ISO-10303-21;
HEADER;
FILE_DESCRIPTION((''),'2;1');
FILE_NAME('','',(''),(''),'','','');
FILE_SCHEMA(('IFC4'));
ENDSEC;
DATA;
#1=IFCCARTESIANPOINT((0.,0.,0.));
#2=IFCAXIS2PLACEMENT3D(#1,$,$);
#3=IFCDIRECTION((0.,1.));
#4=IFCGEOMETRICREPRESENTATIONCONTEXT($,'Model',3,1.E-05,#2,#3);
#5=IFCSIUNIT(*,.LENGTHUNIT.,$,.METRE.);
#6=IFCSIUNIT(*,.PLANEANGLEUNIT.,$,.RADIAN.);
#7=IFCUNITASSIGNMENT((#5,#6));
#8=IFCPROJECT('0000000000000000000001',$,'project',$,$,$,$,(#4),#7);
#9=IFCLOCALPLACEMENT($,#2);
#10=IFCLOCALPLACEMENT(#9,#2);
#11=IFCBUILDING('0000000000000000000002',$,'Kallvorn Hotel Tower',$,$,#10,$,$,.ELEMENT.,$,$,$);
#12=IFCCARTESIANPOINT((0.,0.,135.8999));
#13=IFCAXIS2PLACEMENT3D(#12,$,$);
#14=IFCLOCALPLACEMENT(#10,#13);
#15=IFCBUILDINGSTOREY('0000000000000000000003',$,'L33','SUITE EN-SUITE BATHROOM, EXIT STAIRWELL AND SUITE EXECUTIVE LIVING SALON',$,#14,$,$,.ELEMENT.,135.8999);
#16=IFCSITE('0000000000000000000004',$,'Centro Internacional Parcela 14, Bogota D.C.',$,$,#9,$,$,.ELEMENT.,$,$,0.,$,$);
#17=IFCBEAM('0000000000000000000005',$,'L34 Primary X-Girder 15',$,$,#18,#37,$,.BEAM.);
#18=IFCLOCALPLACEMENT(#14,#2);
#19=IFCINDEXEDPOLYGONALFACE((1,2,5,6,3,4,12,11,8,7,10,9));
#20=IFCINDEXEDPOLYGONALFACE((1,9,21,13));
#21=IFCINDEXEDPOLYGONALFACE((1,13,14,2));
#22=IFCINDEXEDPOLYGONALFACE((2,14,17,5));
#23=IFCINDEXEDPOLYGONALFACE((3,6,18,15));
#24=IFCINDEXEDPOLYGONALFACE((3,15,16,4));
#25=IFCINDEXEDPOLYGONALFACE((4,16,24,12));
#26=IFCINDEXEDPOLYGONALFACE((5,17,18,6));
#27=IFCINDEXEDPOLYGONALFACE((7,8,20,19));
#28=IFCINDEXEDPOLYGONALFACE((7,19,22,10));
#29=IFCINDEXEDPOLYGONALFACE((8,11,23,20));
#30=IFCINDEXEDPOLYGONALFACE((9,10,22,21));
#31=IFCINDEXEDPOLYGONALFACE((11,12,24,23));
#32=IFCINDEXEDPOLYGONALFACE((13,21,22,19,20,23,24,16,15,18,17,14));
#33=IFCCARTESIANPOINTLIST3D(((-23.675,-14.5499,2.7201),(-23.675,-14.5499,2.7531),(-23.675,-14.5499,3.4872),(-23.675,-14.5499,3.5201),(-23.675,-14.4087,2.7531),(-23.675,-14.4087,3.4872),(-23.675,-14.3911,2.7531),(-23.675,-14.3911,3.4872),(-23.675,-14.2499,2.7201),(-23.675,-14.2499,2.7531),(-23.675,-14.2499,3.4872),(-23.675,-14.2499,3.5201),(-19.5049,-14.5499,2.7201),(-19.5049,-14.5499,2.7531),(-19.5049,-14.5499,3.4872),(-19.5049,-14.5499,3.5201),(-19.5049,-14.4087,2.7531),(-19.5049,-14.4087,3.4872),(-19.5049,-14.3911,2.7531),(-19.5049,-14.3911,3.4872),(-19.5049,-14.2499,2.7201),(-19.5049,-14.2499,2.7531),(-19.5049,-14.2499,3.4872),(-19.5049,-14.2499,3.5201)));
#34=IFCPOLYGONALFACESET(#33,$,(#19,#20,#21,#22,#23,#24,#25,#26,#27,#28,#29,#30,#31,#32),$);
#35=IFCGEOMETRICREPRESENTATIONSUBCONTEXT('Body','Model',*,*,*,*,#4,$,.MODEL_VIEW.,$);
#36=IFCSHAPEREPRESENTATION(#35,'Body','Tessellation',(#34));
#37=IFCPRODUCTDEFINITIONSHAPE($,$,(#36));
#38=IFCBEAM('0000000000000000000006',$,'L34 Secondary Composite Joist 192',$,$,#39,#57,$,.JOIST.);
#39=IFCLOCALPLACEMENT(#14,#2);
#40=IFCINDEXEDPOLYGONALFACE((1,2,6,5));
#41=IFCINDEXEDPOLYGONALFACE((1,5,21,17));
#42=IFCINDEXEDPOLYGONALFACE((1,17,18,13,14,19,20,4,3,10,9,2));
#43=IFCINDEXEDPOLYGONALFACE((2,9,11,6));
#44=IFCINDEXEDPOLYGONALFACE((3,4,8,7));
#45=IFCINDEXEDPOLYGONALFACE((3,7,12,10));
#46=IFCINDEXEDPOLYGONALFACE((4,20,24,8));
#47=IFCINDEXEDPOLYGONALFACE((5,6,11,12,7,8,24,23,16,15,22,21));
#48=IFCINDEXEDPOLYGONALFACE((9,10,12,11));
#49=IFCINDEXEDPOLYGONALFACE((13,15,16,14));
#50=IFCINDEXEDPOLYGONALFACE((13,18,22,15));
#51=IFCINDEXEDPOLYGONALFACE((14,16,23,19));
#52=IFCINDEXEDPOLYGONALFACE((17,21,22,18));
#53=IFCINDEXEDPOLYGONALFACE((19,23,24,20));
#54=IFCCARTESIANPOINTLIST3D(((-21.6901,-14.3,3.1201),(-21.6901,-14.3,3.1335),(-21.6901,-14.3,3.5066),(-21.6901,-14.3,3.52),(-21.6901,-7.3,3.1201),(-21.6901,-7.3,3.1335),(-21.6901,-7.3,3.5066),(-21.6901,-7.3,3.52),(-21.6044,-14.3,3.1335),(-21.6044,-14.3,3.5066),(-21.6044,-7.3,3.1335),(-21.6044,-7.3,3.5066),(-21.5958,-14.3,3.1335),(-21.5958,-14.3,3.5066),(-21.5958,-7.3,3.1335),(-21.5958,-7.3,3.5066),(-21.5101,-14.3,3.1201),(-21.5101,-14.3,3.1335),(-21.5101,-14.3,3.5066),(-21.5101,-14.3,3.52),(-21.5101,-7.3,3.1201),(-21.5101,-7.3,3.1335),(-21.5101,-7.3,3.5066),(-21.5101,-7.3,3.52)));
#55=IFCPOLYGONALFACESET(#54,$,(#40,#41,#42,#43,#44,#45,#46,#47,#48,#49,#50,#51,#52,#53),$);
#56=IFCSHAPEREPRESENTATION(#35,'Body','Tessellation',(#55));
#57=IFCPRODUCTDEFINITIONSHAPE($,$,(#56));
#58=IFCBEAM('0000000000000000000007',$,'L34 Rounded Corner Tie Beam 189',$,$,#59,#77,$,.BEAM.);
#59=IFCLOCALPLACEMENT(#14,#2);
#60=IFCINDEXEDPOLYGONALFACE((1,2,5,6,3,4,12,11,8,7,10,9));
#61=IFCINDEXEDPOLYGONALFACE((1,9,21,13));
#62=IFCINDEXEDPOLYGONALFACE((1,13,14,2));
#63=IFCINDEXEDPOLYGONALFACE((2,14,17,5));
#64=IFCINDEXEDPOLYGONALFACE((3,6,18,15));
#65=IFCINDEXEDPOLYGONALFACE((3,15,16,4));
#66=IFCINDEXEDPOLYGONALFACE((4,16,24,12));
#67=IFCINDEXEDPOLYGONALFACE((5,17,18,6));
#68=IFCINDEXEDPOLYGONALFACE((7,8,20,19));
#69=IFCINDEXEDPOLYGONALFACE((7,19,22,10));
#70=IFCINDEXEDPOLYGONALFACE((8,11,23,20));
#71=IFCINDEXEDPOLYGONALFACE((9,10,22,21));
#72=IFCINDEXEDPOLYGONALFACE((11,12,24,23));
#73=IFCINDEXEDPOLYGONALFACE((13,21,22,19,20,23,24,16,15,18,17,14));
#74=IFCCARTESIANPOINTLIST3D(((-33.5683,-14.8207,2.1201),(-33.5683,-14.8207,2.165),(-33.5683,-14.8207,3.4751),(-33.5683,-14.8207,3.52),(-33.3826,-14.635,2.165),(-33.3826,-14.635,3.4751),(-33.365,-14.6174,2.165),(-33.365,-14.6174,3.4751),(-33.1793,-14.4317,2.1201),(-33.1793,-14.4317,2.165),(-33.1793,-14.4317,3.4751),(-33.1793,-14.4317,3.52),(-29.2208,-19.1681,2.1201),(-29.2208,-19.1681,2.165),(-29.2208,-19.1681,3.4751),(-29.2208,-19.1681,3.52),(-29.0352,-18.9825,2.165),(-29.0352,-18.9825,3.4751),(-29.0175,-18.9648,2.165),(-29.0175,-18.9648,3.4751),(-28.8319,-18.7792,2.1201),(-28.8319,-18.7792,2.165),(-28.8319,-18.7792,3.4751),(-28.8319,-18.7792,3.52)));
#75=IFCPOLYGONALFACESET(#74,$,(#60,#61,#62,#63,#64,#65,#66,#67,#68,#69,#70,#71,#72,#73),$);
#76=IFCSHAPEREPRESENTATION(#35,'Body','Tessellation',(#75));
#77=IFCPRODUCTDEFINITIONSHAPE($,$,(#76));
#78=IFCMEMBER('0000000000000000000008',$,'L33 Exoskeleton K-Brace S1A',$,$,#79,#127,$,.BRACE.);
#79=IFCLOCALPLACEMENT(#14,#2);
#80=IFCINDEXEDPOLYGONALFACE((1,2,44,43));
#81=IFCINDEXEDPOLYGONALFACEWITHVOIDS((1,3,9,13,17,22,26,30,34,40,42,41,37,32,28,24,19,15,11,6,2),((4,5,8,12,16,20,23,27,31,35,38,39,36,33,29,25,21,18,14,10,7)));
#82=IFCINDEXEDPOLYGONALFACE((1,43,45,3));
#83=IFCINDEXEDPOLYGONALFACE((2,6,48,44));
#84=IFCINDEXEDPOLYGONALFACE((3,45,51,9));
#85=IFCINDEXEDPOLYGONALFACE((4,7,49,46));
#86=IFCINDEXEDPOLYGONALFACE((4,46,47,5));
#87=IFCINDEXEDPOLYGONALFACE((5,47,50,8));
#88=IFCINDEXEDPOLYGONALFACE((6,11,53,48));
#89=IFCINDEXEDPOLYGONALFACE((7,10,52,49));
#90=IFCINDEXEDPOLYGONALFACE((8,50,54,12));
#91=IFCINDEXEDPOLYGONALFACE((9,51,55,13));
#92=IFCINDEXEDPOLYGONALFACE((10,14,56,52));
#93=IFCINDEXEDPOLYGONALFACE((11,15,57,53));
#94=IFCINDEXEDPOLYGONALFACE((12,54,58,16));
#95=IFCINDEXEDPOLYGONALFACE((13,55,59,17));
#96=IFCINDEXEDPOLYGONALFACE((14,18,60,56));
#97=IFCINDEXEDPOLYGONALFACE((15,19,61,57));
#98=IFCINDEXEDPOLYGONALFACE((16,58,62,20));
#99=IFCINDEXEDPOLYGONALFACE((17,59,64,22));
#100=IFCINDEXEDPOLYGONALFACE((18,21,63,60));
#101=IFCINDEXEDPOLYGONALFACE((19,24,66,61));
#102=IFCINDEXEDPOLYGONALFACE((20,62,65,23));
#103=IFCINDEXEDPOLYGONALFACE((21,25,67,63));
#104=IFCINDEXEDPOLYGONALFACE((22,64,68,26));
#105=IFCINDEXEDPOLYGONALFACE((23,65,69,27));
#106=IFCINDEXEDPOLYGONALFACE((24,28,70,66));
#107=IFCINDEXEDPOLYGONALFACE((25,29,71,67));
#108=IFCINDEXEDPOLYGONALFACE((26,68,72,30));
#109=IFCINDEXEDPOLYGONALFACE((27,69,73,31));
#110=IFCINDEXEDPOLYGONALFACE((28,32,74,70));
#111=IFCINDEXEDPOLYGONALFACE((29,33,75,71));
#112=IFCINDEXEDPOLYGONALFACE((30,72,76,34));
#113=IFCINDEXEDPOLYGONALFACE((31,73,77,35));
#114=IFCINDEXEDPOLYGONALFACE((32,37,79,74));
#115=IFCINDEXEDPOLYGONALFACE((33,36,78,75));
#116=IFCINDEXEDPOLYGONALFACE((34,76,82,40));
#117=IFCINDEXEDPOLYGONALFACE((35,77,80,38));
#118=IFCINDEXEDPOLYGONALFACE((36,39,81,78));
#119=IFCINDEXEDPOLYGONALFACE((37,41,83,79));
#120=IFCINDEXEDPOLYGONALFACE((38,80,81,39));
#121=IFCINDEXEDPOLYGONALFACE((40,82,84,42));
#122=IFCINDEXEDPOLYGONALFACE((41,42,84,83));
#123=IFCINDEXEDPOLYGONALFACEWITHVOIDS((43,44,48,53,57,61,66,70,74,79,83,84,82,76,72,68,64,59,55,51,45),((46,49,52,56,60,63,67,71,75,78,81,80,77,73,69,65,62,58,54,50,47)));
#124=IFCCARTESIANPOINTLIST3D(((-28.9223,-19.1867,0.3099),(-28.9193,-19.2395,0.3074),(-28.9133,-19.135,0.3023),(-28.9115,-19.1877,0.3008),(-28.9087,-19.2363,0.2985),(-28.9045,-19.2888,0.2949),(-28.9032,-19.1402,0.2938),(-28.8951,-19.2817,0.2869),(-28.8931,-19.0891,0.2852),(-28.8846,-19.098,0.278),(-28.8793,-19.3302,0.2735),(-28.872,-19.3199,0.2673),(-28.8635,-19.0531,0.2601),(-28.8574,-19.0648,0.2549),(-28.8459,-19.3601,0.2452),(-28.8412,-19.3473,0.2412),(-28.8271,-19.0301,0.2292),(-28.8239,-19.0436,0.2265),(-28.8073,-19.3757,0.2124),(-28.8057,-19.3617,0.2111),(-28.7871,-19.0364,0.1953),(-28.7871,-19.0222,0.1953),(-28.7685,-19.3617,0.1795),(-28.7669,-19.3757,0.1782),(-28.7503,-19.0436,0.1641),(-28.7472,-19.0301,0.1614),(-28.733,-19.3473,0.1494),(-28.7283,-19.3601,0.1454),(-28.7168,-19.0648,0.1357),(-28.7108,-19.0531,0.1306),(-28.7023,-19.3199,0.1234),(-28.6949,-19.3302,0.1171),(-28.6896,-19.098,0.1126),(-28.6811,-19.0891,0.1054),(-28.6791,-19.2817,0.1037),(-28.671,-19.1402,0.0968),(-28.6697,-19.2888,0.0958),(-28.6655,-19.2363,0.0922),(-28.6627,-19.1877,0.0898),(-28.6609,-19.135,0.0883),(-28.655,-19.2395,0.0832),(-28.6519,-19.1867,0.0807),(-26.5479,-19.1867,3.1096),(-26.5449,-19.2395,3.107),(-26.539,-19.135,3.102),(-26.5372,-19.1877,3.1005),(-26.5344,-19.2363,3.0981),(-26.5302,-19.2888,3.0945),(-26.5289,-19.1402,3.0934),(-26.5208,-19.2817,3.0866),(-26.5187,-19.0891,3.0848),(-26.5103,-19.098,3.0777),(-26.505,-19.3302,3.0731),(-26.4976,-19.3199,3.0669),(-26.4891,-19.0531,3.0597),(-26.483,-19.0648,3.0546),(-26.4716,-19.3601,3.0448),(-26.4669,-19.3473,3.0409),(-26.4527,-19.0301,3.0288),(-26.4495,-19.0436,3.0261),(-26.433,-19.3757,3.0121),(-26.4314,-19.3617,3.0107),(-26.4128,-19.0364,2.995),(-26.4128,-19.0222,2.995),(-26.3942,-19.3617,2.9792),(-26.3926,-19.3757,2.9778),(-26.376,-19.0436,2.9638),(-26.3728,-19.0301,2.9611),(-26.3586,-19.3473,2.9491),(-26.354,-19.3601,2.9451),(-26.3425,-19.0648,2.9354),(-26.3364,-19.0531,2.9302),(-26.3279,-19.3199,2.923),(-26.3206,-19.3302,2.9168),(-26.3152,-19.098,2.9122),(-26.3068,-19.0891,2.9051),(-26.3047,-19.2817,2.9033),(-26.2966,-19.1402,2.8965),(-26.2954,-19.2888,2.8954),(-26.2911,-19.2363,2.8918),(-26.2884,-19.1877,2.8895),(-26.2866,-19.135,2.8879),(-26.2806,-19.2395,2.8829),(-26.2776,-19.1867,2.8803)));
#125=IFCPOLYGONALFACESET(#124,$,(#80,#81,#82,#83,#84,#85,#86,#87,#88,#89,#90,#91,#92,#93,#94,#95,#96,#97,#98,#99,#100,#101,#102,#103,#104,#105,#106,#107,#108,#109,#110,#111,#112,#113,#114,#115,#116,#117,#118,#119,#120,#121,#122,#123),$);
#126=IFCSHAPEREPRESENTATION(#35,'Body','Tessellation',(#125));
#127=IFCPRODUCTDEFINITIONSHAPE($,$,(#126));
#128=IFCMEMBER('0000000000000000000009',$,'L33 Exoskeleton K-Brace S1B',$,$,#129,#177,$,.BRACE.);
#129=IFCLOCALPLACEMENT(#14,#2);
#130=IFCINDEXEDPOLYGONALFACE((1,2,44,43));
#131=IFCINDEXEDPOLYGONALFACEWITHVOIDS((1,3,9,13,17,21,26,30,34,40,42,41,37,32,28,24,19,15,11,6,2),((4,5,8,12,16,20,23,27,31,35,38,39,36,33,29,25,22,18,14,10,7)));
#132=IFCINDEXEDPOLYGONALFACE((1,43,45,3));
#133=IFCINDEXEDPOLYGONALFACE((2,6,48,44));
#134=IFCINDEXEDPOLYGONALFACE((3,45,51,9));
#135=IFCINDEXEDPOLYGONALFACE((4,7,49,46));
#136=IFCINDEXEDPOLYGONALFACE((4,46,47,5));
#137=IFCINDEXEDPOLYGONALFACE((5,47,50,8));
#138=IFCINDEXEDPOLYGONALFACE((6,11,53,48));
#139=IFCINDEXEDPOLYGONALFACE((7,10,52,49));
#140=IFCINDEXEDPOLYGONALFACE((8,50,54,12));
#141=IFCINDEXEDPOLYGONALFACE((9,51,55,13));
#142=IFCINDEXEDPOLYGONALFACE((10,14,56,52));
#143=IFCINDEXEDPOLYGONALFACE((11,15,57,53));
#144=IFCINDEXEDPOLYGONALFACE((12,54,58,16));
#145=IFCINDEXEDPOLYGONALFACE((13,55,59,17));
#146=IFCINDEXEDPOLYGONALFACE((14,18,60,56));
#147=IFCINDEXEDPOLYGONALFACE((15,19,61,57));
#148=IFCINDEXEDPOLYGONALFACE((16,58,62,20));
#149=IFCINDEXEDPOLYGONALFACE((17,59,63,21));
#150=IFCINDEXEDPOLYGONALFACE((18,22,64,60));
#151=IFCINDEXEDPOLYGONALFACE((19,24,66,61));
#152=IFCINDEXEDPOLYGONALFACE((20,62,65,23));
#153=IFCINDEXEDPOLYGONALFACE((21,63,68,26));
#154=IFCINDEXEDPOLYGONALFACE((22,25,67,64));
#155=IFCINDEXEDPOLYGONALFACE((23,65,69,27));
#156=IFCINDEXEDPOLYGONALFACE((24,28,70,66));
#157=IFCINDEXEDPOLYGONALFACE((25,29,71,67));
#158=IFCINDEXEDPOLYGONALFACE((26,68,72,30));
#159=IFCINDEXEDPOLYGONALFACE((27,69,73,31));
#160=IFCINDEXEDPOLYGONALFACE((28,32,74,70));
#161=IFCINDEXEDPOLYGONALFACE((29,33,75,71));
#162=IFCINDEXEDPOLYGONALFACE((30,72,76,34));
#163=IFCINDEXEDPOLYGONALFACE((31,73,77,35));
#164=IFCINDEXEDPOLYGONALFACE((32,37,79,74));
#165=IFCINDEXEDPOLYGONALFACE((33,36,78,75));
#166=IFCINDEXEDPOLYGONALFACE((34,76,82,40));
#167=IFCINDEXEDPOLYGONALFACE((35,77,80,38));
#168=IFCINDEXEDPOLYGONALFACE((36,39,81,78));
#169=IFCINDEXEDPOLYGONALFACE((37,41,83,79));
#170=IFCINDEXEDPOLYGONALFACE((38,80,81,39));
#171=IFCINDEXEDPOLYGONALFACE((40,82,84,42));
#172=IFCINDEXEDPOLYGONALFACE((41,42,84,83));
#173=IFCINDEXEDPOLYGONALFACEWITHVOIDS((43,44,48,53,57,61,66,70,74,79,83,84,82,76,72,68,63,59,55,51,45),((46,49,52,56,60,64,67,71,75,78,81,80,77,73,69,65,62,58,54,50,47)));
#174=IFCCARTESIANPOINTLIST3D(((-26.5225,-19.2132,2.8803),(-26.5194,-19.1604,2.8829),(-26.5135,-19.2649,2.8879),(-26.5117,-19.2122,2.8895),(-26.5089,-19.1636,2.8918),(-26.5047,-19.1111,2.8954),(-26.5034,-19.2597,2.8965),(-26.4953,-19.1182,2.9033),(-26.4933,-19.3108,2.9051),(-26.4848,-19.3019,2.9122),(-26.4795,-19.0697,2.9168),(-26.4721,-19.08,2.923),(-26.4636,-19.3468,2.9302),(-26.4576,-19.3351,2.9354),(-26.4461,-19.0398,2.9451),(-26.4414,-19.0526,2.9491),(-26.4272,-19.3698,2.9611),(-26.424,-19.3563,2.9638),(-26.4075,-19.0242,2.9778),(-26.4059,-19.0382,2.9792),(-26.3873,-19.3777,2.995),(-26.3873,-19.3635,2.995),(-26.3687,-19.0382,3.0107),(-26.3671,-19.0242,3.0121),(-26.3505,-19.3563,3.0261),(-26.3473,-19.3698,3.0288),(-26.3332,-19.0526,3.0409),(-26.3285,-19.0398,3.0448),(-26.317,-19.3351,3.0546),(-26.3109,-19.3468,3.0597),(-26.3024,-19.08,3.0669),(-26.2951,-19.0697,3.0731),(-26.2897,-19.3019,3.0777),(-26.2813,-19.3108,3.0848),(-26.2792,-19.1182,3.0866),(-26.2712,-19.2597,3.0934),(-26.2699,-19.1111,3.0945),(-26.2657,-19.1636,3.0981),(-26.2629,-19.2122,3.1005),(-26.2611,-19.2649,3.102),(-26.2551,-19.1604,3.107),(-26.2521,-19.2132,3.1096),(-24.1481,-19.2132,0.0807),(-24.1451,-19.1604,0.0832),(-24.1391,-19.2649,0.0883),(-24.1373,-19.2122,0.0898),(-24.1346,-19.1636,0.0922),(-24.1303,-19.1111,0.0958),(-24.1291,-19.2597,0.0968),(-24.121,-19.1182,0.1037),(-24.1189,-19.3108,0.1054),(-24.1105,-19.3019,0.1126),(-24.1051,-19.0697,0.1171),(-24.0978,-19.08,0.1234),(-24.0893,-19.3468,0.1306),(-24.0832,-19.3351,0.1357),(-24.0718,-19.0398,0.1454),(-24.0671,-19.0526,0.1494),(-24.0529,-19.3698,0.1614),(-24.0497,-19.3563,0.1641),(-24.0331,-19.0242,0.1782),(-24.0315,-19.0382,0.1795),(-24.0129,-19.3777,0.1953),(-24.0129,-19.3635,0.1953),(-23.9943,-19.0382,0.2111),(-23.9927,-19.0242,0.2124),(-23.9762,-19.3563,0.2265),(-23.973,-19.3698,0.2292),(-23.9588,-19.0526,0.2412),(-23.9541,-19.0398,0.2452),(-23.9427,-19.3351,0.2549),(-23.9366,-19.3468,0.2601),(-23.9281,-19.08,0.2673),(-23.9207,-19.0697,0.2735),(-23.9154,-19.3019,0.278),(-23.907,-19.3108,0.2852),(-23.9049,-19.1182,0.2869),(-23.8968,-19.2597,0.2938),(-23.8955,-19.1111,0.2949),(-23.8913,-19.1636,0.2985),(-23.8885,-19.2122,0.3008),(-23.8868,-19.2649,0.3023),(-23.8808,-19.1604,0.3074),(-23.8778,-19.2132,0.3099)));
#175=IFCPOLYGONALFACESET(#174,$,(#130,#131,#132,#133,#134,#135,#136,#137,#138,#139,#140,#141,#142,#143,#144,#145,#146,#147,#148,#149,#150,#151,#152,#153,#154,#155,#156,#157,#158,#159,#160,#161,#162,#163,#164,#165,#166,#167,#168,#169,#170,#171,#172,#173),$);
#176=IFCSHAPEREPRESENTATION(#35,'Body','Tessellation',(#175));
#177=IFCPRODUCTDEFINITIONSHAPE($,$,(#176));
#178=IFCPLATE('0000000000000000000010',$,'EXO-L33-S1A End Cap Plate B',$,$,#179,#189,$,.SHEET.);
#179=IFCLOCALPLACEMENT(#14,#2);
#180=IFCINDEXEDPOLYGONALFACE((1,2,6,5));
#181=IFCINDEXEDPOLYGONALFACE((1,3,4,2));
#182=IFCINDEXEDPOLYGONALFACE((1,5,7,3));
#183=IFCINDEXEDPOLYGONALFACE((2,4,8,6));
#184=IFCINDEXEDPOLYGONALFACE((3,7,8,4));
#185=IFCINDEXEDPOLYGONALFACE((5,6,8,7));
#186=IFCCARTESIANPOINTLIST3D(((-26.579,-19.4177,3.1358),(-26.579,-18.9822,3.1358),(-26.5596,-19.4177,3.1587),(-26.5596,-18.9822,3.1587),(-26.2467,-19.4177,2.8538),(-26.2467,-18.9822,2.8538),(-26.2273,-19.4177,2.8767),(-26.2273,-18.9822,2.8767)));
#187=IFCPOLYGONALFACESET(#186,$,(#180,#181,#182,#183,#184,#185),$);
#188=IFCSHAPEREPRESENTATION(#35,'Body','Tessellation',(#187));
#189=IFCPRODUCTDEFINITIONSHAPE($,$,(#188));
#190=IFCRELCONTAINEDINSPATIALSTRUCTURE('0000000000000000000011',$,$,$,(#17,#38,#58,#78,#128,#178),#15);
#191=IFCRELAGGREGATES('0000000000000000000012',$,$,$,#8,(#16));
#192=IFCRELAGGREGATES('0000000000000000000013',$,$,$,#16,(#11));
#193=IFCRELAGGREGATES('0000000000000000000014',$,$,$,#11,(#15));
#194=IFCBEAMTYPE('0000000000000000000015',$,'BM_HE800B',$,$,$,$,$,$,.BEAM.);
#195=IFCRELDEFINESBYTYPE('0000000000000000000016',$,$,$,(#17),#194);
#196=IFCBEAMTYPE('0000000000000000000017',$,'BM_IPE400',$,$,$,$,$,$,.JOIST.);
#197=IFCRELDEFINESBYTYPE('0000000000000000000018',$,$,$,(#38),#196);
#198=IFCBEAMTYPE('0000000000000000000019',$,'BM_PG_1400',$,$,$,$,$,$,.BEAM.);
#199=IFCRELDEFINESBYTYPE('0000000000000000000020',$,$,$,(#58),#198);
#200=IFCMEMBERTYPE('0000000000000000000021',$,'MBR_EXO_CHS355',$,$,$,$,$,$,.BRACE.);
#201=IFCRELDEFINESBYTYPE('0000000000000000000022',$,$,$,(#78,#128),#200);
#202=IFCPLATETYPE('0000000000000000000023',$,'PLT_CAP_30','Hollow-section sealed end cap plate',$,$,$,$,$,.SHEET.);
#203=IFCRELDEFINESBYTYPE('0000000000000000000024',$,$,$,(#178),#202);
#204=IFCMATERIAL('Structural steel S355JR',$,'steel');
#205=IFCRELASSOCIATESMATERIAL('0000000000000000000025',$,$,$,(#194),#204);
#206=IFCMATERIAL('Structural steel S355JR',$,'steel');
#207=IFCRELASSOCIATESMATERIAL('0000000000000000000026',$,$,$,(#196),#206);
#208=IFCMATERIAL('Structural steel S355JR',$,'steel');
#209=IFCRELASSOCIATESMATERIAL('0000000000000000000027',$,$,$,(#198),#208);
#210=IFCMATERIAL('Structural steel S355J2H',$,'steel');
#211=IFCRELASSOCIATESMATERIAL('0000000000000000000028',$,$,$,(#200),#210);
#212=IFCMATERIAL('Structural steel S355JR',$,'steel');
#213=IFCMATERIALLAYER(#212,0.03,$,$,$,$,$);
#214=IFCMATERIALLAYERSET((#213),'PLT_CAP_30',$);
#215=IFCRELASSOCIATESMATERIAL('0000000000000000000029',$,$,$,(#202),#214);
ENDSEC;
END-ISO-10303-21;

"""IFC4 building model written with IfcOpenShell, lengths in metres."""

from ifc_helpers import new_model, si_unit, direction, frame, origin, origin_2d, place, context, subcontext, project, spatial, polyline, hollow_circle, i_section, outline, extrude, material, layer, layer_set, material_profile, profile_set, type_object, element, save


model = new_model("IFC4")

# Units and contexts
model_context = context("Model", 3, precision=1e-05, world=origin(), true_north=direction((0.0, 1.0)))
body_context = subcontext(model_context, "Body", "Model", "MODEL_VIEW")
ifc_project = project(units=[si_unit("LENGTHUNIT", "METRE"), si_unit("PLANEANGLEUNIT", "RADIAN")], contexts=[model_context])

# Site, building, storey
site_placement = place(None, origin())
site = spatial("IfcSite", under=ifc_project, at=site_placement, Name="Centro Internacional Parcela 14, Bogota D.C.", CompositionType="ELEMENT", RefElevation=0.0)
building_placement = place(site_placement, origin())
building = spatial("IfcBuilding", under=site, at=building_placement, Name="Kallvorn Hotel Tower", CompositionType="ELEMENT")
storey_placement = place(building_placement, frame((0.0, 0.0, 135.8999)))
storey = spatial("IfcBuildingStorey", under=building, at=storey_placement, Name="L33", Description="SUITE EN-SUITE BATHROOM, EXIT STAIRWELL AND SUITE EXECUTIVE LIVING SALON", CompositionType="ELEMENT", Elevation=135.8999)

# Beams
ifc_material_1 = material(Name="Structural steel S355JR", Category="steel")
ifc_material_profile_1 = material_profile(ifc_material_1, i_section(OverallWidth=0.3, OverallDepth=0.8, WebThickness=0.0176, FlangeThickness=0.033, at=origin_2d()), Name="HE 800 B")
ifc_profile_set_1 = profile_set([ifc_material_profile_1], Name="Structural steel S355JR")
beam_type_1 = type_object("IfcBeamType", Name="BM_HE800B", PredefinedType="BEAM", material=ifc_profile_set_1)
for number, where, z_axis, x_axis, name in (
    (1, (-23.675, -14.3999, 3.1201), (1.0, 0.0, 0.0), (0.0, 1.0, 0.0), "L34 Primary X-Girder 15"),
):
    element("IfcBeam", number, at=place(storey_placement, frame(where, z_axis=z_axis, x_axis=x_axis)), inside=storey, type_object=beam_type_1, Name=name, PredefinedType="BEAM", context=body_context, shape_type="SweptSolid", body=[
        extrude(i_section(OverallWidth=0.3, OverallDepth=0.8, WebThickness=0.0176, FlangeThickness=0.033, at=origin_2d()), origin(), (0.0, 0.0, 1.0), 4.1702),
    ])
ifc_material_2 = material(Name="Structural steel S355JR", Category="steel")
ifc_material_profile_2 = material_profile(ifc_material_2, i_section(OverallWidth=0.1799, OverallDepth=0.3999, WebThickness=0.0085, FlangeThickness=0.0134, at=origin_2d()), Name="IPE 400")
ifc_profile_set_2 = profile_set([ifc_material_profile_2], Name="Structural steel S355JR")
beam_type_2 = type_object("IfcBeamType", Name="BM_IPE400", PredefinedType="JOIST", material=ifc_profile_set_2)
beam_1_placement = place(storey_placement, frame((-21.6001, -14.3, 3.3201), z_axis=(0.0, 1.0, 0.0), x_axis=(-1.0, 0.0, 0.0)))
element("IfcBeam", 2, at=beam_1_placement, inside=storey, type_object=beam_type_2, Name="L34 Secondary Composite Joist 192", PredefinedType="JOIST", context=body_context, shape_type="SweptSolid", body=[
    extrude(i_section(OverallWidth=0.1799, OverallDepth=0.3999, WebThickness=0.0085, FlangeThickness=0.0134, at=origin_2d()), origin(), (0.0, 0.0, 1.0), 7.0),
])
ifc_material_3 = material(Name="Structural steel S355JR", Category="steel")
ifc_material_profile_3 = material_profile(ifc_material_3, i_section(OverallWidth=0.55, OverallDepth=1.3999, WebThickness=0.0249, FlangeThickness=0.0449, at=origin_2d()), Name="PG 1400x550x25x45")
ifc_profile_set_3 = profile_set([ifc_material_profile_3], Name="Structural steel S355JR")
beam_type_3 = type_object("IfcBeamType", Name="BM_PG_1400", PredefinedType="BEAM", material=ifc_profile_set_3)
beam_2_placement = place(storey_placement, frame((-33.3738, -14.6262, 2.8201), z_axis=(0.707107, -0.707107, 0.0), x_axis=(0.707107, 0.707107, 0.0)))
element("IfcBeam", 3, at=beam_2_placement, inside=storey, type_object=beam_type_3, Name="L34 Rounded Corner Tie Beam 189", PredefinedType="BEAM", context=body_context, shape_type="SweptSolid", body=[
    extrude(i_section(OverallWidth=0.55, OverallDepth=1.3999, WebThickness=0.0249, FlangeThickness=0.0449, at=origin_2d()), origin(), (0.0, 0.0, 1.0), 6.1482),
])

# Members
ifc_material_4 = material(Name="Structural steel S355J2H", Category="steel")
ifc_material_profile_4 = material_profile(ifc_material_4, hollow_circle(Radius=0.1777, WallThickness=0.0142, at=origin_2d()), Name="CHS 355.6x14.2")
ifc_profile_set_4 = profile_set([ifc_material_profile_4], Name="Structural steel S355J2H")
member_type = type_object("IfcMemberType", Name="MBR_EXO_CHS355", PredefinedType="BRACE", material=ifc_profile_set_4)
for number, where, z_axis, x_axis, name in (
    (4, (-28.7871, -19.2, 0.1953), (0.6468, 0.0, 0.762659), (0.0, 1.0, 0.0), "L33 Exoskeleton K-Brace S1A"),
    (5, (-24.0129, -19.2, 0.1953), (-0.6468, 0.0, 0.762659), (0.0, -1.0, 0.0), "L33 Exoskeleton K-Brace S1B"),
):
    element("IfcMember", number, at=place(storey_placement, frame(where, z_axis=z_axis, x_axis=x_axis)), inside=storey, type_object=member_type, Name=name, PredefinedType="BRACE", context=body_context, shape_type="SweptSolid", body=[
        extrude(hollow_circle(Radius=0.1777, WallThickness=0.0142, at=origin_2d()), origin(), (0.0, 0.0, 1.0), 3.6709),
    ])

# Plate
ifc_material_5 = material(Name="Structural steel S355JR", Category="steel")
ifc_layer_1 = layer(ifc_material_5, 0.03)
ifc_layer_set_1 = layer_set([ifc_layer_1], Name="PLT_CAP_30")
plate_type_1 = type_object("IfcPlateType", Name="PLT_CAP_30", Description="Hollow-section sealed end cap plate", PredefinedType="SHEET", material=ifc_layer_set_1)
plate_1_placement = place(storey_placement, frame((-26.2273, -19.4177, 2.8767), z_axis=(0.647047, 0.0, 0.762451), x_axis=(0.0, 1.0, 0.0)))
element("IfcPlate", 6, at=plate_1_placement, inside=storey, type_object=plate_type_1, Name="EXO-L33-S1A End Cap Plate B", PredefinedType="SHEET", context=body_context, shape_type="SweptSolid", body=[
    extrude(outline(polyline([(0.0, 0.0), (0.4355, 0.0), (0.4355, 0.4358), (0.0, 0.4358), (0.0, 0.0)])), origin(), (0.0, 0.0, -1.0), 0.03),
])

save(model, "model.ifc")
